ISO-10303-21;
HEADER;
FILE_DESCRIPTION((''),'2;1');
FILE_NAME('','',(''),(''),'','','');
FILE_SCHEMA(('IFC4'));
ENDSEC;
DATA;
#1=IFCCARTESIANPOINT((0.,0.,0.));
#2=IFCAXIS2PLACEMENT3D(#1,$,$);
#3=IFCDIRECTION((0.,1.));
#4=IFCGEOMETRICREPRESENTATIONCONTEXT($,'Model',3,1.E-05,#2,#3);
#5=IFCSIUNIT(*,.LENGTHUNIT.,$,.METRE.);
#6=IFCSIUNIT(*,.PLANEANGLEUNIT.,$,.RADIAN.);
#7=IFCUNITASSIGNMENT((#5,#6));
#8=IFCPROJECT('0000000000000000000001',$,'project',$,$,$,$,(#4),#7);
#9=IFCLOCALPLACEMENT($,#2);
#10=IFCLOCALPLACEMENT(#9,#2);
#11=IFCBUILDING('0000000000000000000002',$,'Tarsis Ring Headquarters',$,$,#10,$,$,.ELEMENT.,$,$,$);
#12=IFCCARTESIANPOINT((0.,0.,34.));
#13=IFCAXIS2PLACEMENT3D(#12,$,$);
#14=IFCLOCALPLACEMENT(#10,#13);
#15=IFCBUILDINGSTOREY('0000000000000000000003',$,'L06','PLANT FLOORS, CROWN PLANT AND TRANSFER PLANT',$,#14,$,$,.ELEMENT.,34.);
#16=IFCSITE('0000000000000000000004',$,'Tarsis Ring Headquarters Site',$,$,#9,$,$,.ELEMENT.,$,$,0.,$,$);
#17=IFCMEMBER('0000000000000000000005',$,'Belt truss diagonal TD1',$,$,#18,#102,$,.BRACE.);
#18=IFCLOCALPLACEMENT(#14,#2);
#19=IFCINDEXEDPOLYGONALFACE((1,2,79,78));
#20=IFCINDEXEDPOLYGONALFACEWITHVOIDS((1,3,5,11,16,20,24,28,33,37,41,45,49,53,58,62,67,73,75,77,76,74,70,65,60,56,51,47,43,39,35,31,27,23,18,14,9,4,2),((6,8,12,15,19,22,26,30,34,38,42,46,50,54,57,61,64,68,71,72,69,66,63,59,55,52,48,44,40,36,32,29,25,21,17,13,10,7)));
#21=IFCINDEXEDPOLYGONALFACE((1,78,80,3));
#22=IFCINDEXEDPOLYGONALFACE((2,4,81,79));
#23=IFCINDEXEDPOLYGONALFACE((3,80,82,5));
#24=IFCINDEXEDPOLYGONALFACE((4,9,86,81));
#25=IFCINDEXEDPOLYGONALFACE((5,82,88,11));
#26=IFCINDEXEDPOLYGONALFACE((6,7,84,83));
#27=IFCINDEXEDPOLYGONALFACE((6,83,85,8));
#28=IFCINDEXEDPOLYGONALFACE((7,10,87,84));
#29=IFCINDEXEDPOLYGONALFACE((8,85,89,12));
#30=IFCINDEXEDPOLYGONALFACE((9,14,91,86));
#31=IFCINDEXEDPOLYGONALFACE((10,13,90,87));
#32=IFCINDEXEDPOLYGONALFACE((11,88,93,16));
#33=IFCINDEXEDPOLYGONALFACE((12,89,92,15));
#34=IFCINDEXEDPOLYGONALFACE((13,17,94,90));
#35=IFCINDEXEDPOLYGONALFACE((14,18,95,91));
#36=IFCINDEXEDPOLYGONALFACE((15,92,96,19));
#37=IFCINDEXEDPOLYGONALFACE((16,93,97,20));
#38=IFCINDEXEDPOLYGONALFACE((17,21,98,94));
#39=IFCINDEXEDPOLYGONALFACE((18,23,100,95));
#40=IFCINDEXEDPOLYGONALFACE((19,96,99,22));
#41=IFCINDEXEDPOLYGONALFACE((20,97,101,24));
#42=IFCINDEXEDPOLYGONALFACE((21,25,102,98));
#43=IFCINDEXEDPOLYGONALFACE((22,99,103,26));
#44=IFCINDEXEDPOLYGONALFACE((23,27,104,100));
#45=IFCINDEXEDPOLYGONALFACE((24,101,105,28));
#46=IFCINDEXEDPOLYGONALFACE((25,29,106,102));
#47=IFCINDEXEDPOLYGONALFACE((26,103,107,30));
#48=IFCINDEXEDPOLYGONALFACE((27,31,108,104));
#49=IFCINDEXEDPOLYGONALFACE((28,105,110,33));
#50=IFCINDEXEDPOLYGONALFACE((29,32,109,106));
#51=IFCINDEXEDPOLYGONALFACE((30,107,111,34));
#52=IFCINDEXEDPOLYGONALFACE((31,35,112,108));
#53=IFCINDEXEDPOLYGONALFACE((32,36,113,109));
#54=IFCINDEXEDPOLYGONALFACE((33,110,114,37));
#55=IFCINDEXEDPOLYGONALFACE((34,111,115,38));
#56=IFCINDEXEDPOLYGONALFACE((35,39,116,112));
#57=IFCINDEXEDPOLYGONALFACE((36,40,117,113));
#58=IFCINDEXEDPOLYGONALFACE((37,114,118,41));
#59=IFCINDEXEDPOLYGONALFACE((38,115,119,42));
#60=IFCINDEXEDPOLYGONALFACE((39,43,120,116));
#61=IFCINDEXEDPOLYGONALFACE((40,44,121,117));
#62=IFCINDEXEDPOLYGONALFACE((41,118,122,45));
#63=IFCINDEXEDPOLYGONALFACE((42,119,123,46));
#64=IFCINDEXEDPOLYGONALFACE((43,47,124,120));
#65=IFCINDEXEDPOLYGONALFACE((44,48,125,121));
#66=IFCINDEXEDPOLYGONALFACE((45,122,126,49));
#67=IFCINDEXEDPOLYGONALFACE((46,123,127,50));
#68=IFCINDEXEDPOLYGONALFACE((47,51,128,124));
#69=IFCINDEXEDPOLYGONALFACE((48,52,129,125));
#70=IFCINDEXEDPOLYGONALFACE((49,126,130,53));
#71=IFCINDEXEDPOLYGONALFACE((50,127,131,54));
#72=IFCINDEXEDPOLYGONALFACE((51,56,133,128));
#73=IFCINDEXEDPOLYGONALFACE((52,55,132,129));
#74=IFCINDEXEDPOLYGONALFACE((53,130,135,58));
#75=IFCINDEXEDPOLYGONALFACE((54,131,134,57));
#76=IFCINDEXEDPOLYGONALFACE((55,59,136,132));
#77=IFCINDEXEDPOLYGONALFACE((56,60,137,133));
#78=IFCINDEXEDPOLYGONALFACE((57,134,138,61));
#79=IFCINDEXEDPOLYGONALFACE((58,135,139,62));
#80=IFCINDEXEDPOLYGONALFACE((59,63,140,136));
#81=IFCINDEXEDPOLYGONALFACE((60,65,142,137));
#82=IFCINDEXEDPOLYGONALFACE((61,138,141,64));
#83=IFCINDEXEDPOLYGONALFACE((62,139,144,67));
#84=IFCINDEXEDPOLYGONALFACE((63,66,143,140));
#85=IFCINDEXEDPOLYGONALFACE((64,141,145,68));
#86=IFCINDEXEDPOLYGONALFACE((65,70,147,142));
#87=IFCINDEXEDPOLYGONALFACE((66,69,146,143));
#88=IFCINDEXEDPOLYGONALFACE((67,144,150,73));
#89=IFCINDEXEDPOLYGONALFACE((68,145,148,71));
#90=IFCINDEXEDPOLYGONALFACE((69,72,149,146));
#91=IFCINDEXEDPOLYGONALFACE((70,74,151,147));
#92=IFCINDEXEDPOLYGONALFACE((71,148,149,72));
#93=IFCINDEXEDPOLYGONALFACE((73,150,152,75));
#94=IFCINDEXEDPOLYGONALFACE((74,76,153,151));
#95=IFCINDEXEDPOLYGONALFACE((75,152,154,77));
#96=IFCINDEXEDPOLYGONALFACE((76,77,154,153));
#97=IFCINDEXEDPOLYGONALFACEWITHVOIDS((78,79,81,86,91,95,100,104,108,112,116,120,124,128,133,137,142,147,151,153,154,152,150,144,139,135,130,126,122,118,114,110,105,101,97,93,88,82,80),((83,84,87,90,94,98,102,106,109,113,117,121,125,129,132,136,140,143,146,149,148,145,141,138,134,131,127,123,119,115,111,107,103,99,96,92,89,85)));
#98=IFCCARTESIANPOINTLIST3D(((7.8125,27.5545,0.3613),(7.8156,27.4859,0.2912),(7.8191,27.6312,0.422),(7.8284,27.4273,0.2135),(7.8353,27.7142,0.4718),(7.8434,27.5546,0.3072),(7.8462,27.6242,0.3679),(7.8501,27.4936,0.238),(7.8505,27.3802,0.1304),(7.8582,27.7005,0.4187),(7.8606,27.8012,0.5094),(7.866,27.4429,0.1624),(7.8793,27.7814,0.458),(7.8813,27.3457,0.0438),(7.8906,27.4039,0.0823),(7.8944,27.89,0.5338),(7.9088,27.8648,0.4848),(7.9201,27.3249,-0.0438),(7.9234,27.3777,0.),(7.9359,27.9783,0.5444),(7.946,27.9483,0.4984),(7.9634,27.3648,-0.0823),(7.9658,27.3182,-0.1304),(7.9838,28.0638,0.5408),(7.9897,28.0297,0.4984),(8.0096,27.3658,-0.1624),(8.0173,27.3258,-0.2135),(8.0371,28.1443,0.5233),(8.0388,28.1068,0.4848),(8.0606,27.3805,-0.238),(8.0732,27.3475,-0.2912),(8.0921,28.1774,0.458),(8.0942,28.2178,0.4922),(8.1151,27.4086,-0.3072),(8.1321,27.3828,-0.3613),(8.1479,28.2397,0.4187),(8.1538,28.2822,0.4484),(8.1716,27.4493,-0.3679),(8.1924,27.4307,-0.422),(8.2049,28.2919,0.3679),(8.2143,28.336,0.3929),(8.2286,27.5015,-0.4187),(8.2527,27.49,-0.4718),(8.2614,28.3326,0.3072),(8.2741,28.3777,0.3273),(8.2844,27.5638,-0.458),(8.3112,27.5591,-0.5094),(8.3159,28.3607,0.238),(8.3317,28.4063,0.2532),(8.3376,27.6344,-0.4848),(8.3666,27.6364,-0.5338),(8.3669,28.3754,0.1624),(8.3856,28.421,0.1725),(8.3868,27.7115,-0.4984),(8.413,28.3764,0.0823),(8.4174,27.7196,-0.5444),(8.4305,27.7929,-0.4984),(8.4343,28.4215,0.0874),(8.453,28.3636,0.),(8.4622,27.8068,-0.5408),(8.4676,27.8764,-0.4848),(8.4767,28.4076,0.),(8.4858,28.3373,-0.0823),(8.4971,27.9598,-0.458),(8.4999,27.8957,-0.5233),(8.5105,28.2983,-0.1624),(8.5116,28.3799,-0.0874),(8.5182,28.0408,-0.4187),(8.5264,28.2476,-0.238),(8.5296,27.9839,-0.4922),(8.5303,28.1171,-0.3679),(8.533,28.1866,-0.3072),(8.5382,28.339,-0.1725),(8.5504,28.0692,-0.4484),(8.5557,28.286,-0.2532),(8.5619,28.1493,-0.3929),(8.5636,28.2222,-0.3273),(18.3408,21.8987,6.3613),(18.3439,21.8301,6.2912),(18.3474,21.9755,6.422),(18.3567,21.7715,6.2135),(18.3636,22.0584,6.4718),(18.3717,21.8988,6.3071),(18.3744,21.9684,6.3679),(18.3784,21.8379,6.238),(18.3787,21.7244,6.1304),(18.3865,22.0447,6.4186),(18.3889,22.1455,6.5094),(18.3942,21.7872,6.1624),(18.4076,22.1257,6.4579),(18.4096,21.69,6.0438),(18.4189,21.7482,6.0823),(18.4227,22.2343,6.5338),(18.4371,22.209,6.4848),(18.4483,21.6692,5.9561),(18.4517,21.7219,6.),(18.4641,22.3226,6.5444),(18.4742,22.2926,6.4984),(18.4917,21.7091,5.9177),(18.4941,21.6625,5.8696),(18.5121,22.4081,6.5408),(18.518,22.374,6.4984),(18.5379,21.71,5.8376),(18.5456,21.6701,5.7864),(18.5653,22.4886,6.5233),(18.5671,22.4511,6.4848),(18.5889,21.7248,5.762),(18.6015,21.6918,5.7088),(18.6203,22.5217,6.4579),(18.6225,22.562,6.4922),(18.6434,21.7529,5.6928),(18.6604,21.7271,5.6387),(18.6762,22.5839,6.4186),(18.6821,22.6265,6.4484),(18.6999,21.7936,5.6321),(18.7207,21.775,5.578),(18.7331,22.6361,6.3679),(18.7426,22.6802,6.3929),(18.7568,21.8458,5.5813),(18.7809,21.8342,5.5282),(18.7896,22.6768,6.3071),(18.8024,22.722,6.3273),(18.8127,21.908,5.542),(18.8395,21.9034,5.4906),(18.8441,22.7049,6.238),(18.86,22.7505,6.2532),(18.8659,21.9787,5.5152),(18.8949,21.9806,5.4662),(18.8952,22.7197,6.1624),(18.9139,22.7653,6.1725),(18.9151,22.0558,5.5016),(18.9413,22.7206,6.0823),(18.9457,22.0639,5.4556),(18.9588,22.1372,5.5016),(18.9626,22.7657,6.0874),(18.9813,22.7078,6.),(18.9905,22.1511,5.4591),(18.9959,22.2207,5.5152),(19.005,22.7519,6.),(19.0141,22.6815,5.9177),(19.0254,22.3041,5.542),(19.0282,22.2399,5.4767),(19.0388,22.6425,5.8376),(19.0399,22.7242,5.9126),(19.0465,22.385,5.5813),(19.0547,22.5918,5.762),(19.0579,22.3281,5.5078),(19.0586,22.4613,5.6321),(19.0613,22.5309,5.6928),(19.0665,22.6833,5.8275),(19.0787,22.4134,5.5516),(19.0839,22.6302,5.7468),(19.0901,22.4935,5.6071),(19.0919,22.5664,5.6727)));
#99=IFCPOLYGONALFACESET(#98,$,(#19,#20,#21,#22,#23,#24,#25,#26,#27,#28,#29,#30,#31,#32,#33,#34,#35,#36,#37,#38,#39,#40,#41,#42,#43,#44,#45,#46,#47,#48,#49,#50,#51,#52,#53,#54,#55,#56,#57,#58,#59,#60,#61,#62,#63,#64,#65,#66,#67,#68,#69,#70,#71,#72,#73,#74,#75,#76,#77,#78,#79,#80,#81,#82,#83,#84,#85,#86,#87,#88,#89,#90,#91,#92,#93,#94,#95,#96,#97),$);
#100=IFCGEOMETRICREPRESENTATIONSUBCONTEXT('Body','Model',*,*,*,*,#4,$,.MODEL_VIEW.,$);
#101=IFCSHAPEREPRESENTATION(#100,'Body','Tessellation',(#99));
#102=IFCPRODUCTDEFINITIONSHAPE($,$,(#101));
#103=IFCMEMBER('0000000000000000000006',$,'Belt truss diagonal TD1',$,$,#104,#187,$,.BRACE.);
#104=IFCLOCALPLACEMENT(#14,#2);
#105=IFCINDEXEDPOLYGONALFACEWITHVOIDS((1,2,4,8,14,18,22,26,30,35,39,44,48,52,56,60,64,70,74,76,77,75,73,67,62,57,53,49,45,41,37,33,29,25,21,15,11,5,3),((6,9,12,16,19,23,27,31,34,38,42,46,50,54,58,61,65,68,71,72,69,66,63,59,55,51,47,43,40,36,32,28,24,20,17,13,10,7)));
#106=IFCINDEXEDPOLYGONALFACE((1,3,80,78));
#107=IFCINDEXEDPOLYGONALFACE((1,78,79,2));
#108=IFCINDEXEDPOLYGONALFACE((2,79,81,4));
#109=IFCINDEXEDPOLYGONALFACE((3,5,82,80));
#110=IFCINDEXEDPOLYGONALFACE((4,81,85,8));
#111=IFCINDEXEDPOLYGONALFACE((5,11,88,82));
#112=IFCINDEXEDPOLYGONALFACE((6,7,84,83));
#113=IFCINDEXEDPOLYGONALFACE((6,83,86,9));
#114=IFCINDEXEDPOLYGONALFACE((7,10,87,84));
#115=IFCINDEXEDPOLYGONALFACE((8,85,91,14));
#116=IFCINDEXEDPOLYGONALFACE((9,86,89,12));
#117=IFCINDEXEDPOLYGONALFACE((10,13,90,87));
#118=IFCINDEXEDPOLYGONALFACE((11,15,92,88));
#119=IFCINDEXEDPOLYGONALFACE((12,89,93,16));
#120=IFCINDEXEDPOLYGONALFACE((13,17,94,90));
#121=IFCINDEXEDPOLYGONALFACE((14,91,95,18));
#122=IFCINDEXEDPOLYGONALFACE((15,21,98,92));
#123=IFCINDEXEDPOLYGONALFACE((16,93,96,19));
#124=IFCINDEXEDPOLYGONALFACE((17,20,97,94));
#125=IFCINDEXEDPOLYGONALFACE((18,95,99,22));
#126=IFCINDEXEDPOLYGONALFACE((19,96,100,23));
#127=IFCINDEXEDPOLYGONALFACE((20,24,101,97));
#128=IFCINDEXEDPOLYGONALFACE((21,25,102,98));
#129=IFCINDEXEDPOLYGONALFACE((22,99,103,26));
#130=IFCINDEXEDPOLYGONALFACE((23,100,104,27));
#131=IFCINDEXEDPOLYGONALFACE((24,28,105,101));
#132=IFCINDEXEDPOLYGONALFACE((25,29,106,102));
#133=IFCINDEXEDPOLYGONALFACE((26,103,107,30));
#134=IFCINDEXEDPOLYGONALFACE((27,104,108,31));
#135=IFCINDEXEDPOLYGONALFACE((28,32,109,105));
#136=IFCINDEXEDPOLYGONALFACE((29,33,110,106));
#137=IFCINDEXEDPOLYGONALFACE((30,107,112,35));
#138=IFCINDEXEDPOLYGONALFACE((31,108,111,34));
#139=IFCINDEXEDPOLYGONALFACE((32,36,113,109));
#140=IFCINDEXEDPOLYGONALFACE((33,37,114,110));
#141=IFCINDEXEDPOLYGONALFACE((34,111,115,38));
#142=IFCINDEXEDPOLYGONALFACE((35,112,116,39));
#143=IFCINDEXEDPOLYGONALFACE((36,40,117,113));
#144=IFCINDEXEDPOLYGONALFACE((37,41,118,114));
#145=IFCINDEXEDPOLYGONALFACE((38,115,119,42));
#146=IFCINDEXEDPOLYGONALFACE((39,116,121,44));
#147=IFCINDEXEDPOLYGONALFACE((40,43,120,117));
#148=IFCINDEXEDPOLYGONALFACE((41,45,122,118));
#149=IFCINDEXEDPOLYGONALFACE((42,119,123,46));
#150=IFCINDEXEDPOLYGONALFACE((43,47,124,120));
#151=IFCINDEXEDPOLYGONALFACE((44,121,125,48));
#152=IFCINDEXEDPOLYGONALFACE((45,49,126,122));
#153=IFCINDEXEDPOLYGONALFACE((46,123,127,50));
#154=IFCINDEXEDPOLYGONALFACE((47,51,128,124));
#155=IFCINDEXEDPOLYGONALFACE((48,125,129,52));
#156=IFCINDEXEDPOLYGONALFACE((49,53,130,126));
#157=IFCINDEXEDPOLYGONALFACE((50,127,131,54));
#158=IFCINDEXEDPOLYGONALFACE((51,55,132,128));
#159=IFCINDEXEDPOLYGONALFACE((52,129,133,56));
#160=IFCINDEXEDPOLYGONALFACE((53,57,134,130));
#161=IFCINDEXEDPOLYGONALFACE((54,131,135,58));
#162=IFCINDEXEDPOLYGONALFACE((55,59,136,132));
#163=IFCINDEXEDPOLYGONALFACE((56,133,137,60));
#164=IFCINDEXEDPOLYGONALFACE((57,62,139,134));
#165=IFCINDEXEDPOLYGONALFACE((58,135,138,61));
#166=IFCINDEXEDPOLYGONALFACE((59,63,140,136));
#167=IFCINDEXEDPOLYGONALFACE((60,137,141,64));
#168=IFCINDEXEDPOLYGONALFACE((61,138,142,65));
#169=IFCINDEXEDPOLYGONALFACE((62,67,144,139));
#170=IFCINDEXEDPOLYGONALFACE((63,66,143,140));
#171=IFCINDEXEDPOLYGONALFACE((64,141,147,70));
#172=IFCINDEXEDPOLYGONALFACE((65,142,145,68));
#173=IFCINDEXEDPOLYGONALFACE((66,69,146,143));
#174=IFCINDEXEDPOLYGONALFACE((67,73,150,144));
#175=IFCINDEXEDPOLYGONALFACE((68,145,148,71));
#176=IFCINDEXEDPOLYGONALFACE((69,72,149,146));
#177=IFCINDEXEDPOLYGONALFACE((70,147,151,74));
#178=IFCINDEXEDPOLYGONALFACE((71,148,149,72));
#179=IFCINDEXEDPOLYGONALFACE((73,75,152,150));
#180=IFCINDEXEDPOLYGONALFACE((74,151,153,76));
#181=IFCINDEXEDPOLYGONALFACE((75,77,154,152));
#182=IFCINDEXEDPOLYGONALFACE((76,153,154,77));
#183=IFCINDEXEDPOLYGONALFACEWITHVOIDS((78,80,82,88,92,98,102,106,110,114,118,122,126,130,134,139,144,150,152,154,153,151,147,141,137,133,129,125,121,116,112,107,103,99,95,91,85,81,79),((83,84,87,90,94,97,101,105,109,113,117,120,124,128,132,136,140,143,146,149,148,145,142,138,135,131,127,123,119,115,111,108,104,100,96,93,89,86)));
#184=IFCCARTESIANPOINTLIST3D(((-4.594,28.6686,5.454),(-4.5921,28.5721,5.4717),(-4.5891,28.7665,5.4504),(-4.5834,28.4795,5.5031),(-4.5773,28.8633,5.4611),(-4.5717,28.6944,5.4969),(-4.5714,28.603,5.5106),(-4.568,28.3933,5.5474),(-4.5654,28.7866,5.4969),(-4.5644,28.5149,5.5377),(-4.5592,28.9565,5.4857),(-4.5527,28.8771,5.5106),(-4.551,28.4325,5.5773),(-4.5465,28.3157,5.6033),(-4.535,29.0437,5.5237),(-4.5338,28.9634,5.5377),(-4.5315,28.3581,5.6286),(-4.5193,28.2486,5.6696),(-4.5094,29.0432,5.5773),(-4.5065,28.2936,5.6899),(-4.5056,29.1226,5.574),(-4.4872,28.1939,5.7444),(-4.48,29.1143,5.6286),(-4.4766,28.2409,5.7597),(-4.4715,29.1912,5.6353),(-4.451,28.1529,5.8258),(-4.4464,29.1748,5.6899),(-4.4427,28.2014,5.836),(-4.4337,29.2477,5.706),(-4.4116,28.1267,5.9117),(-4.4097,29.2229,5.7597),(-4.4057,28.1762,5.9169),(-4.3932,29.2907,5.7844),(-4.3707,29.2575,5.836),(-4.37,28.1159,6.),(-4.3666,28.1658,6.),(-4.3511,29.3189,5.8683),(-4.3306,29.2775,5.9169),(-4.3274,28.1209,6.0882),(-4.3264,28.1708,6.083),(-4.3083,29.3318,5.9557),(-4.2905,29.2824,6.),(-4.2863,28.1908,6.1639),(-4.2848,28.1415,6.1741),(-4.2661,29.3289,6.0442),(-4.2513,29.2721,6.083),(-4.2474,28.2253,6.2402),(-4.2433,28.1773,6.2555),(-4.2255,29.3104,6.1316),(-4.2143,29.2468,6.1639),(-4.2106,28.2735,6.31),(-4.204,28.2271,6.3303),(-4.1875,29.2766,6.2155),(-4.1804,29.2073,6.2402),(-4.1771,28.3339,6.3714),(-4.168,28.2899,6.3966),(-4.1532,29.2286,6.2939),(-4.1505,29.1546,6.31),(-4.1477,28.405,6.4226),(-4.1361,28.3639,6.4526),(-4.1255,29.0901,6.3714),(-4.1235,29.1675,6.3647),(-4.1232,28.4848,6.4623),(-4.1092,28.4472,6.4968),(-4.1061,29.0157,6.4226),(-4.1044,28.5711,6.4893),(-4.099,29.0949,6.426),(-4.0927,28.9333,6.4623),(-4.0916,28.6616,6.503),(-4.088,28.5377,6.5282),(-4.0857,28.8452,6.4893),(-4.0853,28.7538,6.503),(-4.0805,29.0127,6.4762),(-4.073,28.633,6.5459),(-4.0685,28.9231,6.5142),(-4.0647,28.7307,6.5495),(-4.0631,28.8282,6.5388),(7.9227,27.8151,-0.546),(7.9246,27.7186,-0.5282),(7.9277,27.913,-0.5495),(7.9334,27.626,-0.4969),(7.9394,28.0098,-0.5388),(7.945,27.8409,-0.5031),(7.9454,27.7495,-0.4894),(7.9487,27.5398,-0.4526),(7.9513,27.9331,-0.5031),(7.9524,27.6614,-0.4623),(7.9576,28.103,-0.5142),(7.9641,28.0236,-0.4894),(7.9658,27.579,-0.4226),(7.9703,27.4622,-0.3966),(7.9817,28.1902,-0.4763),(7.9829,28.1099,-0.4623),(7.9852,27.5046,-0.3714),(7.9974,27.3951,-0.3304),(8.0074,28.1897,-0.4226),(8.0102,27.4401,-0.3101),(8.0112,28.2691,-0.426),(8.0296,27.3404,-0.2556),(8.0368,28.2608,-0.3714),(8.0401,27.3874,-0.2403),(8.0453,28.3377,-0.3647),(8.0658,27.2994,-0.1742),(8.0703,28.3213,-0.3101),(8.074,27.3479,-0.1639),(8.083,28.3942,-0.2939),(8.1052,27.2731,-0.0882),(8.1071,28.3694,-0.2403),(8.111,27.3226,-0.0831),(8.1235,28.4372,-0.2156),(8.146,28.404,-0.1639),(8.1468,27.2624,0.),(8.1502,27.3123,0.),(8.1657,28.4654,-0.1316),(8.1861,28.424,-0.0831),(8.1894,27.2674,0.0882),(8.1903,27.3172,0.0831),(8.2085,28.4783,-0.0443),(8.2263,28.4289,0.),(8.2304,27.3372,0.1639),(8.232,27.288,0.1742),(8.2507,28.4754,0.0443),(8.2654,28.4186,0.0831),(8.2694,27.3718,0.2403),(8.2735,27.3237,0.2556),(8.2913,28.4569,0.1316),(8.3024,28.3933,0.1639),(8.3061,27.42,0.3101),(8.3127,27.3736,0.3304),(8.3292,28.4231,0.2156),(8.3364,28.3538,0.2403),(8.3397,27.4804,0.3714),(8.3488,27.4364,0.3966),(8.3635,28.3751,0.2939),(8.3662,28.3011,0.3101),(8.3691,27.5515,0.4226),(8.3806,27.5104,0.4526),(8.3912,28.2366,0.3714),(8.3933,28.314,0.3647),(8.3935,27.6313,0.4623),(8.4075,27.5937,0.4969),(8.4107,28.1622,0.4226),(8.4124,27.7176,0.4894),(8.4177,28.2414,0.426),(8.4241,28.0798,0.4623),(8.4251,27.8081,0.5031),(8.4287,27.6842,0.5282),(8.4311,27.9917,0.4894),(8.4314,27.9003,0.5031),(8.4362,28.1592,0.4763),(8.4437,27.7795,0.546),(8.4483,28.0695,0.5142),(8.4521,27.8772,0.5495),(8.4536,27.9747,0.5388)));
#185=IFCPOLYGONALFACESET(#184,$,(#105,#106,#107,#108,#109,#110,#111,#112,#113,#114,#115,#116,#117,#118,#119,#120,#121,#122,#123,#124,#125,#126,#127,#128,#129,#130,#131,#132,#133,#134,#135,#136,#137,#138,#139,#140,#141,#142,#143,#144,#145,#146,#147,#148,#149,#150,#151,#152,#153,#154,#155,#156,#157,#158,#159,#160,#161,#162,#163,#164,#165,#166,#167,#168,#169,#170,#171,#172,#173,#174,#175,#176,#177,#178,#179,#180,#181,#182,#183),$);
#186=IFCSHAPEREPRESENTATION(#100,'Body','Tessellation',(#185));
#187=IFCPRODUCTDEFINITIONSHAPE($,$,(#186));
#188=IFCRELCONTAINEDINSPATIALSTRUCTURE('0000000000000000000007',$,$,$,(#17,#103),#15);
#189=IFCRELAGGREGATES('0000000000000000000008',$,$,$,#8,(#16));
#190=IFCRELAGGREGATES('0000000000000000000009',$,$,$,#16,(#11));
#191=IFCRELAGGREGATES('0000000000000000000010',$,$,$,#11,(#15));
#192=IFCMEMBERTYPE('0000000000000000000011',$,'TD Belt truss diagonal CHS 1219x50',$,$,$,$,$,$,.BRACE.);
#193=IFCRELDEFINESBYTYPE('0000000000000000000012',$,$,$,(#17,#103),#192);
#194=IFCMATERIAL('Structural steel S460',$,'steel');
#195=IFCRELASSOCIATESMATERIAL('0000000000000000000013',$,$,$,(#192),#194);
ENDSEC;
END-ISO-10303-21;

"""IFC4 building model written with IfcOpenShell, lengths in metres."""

from ifc_helpers import new_model, si_unit, direction, frame, origin, origin_2d, place, context, subcontext, project, spatial, hollow_circle, extrude, material, material_profile, profile_set, type_object, element, save


model = new_model("IFC4")

# Units and contexts
model_context = context("Model", 3, precision=1e-05, world=origin(), true_north=direction((0.0, 1.0)))
body_context = subcontext(model_context, "Body", "Model", "MODEL_VIEW")
ifc_project = project(units=[si_unit("LENGTHUNIT", "METRE"), si_unit("PLANEANGLEUNIT", "RADIAN")], contexts=[model_context])

# Site, building, storey
site_placement = place(None, origin())
site = spatial("IfcSite", under=ifc_project, at=site_placement, Name="Tarsis Ring Headquarters Site", CompositionType="ELEMENT", RefElevation=0.0)
building_placement = place(site_placement, origin())
building = spatial("IfcBuilding", under=site, at=building_placement, Name="Tarsis Ring Headquarters", CompositionType="ELEMENT")
storey_placement = place(building_placement, frame((0.0, 0.0, 34.0)))
storey = spatial("IfcBuildingStorey", under=building, at=storey_placement, Name="L06", Description="PLANT FLOORS, CROWN PLANT AND TRANSFER PLANT", CompositionType="ELEMENT", Elevation=34.0)

# Shared definitions
ifc_material_1 = material(Name="Structural steel S460", Category="steel")
ifc_material_profile_1 = material_profile(ifc_material_1, hollow_circle(Radius=0.6096, WallThickness=0.05, at=origin_2d()), Name="CHS 1219x50")
ifc_profile_set_1 = profile_set([ifc_material_profile_1], Name="Structural steel S460")

# Members
member_type_1 = type_object("IfcMemberType", Name="TD Belt truss diagonal CHS 1219x50", PredefinedType="BRACE", material=ifc_profile_set_1)
member_1_placement = place(storey_placement, frame((8.1882, 27.8706, 0.0), z_axis=(0.787291, -0.422929, 0.44867), x_axis=(0.473235, 0.880936, 0.0)))
element("IfcMember", 1, at=member_1_placement, inside=storey, type_object=member_type_1, Name="Belt truss diagonal TD1", PredefinedType="BRACE", context=body_context, shape_type="SweptSolid", body=[
    extrude(hollow_circle(Radius=0.6096, WallThickness=0.05, at=origin_2d()), origin(), (0.0, 0.0, 1.0), 13.3728),
])
member_2_placement = place(storey_placement, frame((8.1882, 27.8706, 0.0), z_axis=(-0.90005, 0.061374, 0.431443), x_axis=(-0.068031, -0.997683, 0.0)))
element("IfcMember", 2, at=member_2_placement, inside=storey, type_object=member_type_1, Name="Belt truss diagonal TD1", PredefinedType="BRACE", context=body_context, shape_type="SweptSolid", body=[
    extrude(hollow_circle(Radius=0.6096, WallThickness=0.05, at=origin_2d()), origin(), (0.0, 0.0, 1.0), 13.9067),
])

save(model, "model.ifc")
